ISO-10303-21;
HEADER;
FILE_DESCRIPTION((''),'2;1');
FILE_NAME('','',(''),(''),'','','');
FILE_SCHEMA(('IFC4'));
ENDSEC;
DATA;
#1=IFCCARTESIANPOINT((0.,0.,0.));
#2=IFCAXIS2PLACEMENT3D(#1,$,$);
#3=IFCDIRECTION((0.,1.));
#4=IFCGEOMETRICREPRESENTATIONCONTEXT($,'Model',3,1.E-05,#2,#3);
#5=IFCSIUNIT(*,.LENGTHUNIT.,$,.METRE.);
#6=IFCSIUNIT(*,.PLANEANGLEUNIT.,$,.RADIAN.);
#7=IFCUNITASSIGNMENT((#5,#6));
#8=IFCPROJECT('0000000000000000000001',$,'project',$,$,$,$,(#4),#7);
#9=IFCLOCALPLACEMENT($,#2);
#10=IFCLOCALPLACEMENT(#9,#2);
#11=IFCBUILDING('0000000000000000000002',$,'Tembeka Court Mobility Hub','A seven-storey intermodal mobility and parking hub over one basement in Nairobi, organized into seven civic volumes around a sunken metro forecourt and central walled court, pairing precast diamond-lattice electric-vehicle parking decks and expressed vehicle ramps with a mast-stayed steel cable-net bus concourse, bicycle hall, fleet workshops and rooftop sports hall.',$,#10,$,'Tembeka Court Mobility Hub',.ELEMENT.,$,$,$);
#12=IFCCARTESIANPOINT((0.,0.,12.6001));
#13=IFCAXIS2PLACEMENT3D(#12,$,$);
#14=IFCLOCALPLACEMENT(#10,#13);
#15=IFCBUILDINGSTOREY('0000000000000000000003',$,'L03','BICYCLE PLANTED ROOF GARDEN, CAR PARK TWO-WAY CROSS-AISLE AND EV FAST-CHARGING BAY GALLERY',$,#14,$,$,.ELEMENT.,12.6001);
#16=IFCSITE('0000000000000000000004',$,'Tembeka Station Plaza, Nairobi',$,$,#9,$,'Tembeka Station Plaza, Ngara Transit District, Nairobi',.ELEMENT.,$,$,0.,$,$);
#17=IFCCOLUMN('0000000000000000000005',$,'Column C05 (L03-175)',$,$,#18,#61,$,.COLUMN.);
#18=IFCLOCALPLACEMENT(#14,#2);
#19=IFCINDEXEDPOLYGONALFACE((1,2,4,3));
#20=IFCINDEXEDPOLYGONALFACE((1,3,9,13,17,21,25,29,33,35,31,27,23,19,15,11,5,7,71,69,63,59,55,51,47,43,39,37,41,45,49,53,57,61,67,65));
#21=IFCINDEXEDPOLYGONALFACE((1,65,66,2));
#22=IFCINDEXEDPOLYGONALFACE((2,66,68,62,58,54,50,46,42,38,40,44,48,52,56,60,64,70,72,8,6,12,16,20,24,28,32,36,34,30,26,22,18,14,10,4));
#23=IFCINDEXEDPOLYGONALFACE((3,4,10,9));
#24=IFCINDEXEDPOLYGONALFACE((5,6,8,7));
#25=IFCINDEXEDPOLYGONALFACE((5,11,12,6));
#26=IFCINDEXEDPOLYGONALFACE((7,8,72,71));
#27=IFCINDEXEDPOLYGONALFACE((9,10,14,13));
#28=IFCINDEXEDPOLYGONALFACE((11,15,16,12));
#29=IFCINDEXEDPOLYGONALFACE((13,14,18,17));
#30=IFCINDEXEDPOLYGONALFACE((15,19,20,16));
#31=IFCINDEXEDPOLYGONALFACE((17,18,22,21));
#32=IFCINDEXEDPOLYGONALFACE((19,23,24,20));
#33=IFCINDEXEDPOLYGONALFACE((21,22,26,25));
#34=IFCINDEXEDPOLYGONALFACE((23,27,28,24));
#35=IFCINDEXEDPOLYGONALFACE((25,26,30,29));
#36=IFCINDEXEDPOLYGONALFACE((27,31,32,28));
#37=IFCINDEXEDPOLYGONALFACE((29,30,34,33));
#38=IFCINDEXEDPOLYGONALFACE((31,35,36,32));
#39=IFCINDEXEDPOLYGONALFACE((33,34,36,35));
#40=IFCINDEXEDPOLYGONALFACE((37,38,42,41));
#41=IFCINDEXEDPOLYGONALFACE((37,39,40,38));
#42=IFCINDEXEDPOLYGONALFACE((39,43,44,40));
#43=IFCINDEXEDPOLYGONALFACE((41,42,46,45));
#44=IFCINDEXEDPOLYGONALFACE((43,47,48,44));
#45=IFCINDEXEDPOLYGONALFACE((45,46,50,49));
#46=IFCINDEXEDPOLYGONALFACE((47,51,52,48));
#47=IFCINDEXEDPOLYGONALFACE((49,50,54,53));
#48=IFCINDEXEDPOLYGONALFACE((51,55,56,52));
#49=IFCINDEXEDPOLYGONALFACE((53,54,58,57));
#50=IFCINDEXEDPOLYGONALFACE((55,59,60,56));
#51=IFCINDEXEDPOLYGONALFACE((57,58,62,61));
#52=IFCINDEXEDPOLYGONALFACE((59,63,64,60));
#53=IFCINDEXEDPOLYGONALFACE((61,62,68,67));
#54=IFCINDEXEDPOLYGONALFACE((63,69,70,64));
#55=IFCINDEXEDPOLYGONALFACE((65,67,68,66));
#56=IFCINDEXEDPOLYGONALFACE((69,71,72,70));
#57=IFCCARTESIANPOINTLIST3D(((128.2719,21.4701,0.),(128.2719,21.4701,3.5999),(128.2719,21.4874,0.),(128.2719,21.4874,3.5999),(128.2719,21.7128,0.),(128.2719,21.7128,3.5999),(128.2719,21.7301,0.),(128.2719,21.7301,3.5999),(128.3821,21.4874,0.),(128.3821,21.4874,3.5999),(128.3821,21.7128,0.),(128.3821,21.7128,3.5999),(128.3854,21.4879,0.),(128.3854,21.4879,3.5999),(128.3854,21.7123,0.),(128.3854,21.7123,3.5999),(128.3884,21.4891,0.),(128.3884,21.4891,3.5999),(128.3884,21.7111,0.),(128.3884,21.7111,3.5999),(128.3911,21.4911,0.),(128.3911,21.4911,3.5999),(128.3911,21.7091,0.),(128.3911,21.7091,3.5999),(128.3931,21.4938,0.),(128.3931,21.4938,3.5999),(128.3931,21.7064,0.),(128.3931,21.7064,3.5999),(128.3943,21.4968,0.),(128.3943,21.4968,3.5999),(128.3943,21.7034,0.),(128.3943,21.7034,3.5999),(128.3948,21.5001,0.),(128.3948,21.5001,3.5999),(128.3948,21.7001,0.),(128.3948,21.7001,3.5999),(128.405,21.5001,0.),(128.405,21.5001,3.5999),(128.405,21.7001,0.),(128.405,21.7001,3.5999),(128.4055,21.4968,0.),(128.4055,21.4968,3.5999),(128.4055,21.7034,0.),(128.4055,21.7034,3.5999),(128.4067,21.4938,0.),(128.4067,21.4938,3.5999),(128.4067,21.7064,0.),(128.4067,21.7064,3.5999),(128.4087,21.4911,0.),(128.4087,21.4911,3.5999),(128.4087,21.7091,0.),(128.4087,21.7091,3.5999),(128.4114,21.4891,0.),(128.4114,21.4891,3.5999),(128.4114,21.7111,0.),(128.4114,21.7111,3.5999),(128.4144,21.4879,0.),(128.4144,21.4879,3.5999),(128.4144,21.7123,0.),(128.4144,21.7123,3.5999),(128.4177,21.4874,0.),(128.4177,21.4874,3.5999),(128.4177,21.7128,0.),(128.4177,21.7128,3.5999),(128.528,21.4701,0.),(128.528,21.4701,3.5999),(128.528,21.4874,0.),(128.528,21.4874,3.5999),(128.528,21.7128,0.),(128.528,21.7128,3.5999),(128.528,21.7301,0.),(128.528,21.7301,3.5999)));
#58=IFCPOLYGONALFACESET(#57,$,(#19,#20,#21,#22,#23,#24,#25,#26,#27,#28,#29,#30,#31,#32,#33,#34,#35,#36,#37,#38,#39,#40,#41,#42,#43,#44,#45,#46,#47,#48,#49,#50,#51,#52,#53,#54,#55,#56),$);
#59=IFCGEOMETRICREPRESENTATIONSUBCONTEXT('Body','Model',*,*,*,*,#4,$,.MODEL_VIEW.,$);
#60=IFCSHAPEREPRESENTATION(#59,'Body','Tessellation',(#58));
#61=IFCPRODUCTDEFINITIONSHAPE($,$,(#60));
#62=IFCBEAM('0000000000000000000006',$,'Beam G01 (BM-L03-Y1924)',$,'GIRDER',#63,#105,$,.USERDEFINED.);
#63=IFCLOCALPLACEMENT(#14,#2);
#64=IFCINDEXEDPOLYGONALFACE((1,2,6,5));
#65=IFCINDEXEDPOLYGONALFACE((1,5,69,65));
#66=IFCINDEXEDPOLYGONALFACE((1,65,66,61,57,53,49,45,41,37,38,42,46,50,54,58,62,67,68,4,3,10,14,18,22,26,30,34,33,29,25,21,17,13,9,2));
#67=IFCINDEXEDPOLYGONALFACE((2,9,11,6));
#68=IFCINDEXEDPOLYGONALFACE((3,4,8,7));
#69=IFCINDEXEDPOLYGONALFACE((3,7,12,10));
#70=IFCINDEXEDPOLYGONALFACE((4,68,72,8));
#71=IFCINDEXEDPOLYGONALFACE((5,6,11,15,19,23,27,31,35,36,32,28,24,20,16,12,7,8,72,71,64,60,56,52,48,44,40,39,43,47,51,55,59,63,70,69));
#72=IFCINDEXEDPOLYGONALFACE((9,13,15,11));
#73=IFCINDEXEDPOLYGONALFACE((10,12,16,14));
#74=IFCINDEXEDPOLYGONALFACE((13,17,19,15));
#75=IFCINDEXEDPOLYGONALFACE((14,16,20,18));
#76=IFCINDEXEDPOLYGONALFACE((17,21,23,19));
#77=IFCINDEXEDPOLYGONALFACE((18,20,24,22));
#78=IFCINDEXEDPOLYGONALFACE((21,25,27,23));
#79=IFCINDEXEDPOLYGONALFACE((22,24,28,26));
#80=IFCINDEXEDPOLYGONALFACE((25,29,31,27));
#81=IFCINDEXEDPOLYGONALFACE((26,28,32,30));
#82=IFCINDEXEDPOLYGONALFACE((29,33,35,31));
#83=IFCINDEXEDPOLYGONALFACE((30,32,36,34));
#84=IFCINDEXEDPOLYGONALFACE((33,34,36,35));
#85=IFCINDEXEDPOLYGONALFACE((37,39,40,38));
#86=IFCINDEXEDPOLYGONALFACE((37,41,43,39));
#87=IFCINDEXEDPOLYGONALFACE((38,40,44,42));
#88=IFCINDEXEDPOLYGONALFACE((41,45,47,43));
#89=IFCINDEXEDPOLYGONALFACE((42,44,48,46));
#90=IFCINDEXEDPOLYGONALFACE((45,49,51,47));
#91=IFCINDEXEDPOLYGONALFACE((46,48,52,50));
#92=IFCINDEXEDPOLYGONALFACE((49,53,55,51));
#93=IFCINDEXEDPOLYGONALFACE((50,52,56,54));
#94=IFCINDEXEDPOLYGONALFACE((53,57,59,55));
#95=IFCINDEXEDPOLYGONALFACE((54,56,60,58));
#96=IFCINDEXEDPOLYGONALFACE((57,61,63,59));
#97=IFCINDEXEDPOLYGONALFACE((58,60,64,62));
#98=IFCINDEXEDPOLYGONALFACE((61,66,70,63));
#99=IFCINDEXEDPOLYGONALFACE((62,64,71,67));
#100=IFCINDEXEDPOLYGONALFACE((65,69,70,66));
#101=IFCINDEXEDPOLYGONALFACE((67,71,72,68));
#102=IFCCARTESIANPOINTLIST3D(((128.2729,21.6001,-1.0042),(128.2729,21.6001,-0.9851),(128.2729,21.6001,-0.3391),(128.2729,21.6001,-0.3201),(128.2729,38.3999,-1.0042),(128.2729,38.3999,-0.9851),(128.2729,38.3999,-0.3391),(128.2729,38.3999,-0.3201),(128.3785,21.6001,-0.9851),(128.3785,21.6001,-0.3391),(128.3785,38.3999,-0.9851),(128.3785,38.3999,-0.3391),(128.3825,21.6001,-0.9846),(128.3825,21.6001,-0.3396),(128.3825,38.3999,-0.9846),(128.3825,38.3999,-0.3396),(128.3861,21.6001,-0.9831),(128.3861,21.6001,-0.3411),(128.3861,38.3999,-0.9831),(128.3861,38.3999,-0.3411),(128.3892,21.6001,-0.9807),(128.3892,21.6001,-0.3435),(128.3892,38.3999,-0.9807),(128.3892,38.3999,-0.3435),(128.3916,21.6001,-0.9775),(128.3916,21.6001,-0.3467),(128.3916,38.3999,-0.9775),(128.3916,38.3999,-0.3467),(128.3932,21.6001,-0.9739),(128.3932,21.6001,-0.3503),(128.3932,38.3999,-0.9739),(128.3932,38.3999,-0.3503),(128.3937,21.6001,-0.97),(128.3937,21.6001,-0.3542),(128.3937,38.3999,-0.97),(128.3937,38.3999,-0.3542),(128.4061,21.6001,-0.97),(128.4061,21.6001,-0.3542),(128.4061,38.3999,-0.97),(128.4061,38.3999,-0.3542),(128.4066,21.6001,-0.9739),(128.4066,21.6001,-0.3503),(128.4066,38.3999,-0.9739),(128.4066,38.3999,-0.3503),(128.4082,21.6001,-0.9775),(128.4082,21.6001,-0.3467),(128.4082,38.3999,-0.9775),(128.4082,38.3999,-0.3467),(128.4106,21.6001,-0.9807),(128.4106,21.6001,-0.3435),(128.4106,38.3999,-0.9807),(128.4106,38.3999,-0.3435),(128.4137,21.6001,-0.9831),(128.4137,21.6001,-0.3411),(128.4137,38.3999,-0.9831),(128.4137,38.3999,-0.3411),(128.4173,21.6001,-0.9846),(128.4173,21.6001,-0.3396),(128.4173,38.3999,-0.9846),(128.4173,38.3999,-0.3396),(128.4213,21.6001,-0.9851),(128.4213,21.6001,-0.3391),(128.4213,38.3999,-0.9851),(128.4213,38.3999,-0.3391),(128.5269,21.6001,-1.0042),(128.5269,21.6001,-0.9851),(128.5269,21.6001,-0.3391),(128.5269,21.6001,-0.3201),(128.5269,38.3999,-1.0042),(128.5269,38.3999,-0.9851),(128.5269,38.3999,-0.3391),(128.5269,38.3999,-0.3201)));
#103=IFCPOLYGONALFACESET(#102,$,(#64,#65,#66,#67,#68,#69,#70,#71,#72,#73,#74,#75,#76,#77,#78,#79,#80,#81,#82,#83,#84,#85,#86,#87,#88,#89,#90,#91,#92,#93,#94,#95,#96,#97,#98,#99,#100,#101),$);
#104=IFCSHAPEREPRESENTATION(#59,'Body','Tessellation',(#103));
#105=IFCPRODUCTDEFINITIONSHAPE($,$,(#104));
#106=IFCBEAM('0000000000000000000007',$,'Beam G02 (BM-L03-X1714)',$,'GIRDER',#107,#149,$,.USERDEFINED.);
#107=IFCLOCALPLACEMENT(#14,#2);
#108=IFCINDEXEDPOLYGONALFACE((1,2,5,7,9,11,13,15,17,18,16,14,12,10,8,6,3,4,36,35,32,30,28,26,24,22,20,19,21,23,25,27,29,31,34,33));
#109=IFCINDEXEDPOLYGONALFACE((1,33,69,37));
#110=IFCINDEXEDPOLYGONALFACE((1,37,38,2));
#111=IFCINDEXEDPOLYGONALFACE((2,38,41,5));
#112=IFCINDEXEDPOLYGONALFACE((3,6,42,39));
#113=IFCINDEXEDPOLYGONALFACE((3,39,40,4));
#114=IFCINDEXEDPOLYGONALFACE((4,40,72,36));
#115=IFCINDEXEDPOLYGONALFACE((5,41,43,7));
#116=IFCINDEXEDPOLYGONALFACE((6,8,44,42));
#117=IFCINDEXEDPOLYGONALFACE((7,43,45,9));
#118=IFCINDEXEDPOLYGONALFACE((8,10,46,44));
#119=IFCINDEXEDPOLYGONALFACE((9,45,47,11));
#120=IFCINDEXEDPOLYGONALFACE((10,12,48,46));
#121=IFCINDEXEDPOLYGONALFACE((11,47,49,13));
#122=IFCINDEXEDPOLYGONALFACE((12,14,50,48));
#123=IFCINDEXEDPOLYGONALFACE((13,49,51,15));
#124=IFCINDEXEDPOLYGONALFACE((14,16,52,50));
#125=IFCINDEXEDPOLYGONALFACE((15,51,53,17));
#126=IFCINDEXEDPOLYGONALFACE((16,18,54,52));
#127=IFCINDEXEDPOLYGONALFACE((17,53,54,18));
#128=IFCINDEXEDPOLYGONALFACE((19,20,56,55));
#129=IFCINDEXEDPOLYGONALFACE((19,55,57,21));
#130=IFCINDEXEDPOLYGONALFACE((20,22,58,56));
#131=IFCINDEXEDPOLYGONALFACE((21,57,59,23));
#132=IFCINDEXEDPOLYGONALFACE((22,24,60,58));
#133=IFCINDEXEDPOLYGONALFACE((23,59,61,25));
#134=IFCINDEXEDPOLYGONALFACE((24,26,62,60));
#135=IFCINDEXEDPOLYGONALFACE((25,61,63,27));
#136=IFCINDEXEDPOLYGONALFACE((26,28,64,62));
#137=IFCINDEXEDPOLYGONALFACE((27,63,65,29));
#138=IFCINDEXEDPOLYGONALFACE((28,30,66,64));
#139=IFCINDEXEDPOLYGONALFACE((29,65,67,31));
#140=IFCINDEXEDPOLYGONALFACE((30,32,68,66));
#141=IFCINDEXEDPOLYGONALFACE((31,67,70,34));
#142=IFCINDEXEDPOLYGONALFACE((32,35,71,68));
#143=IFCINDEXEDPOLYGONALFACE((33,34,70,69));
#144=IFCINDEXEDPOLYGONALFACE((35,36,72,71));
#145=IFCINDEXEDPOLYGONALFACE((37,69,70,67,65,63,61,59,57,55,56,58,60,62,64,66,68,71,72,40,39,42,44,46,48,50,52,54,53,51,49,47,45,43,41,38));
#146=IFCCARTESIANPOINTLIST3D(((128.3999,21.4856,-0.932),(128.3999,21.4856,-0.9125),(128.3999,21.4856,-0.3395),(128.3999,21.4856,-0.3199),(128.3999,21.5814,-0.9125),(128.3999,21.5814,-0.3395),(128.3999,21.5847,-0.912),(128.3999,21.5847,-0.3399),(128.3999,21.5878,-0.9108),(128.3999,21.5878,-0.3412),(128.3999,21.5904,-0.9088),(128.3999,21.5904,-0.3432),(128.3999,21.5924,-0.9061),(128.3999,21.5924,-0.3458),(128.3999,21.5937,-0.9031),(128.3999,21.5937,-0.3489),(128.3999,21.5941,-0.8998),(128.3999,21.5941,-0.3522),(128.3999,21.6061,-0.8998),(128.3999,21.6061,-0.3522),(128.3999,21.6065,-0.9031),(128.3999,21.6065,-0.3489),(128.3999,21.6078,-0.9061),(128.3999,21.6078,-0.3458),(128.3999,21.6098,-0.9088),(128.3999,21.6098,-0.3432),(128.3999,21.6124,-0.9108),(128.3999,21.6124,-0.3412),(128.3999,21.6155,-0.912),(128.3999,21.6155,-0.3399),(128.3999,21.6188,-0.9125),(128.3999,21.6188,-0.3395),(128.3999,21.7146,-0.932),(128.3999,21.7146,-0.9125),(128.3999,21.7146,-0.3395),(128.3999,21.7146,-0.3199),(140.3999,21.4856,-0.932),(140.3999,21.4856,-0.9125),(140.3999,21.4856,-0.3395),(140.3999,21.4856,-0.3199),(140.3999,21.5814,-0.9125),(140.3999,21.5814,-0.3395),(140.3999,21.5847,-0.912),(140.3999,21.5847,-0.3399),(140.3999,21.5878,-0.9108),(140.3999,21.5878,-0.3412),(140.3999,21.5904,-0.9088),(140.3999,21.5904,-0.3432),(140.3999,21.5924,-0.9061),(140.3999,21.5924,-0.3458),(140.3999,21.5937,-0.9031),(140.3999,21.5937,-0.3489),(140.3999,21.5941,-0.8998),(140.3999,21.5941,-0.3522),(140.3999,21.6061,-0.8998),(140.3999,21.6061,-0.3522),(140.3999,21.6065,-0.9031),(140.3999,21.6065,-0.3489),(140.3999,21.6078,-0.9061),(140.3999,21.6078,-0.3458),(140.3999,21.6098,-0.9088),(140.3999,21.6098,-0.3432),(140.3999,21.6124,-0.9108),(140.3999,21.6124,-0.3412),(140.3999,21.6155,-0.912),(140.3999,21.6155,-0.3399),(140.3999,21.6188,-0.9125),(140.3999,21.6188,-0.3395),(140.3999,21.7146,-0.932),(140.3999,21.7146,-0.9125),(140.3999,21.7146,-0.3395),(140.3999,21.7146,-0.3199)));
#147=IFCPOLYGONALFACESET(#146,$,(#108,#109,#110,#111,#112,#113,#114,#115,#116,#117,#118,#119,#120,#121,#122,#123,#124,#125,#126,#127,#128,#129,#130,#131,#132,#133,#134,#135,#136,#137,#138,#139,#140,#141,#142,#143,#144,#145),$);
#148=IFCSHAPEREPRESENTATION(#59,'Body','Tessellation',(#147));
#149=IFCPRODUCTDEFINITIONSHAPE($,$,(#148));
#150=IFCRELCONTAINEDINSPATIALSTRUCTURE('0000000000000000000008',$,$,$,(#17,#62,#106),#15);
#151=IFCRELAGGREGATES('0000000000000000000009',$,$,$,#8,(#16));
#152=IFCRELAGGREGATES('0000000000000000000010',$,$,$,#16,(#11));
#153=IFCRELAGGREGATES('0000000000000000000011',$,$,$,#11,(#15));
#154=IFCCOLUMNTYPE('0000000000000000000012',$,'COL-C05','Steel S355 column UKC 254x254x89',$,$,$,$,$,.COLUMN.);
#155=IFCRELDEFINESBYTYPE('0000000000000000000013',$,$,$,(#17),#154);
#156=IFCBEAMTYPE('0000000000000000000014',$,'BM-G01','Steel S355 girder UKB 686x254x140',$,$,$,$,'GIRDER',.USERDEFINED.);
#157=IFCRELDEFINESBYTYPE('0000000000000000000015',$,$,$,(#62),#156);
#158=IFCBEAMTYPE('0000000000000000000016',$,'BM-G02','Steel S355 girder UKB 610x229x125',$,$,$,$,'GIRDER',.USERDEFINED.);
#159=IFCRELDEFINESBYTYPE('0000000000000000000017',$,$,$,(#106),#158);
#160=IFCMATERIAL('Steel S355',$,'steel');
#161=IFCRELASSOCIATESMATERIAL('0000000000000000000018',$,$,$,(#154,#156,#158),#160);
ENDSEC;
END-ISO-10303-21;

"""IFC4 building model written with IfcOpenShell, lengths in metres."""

from ifc_helpers import new_model, si_unit, direction, frame, origin, origin_2d, place, context, subcontext, project, spatial, i_section, extrude, material, material_profile, profile_set, type_object, element, save


model = new_model("IFC4")

# Units and contexts
model_context = context("Model", 3, precision=1e-05, world=origin(), true_north=direction((0.0, 1.0)))
body_context = subcontext(model_context, "Body", "Model", "MODEL_VIEW")
ifc_project = project(units=[si_unit("LENGTHUNIT", "METRE"), si_unit("PLANEANGLEUNIT", "RADIAN")], contexts=[model_context])

# Site, building, storey
site_placement = place(None, origin())
site = spatial("IfcSite", under=ifc_project, at=site_placement, Name="Tembeka Station Plaza, Nairobi", LongName="Tembeka Station Plaza, Ngara Transit District, Nairobi", CompositionType="ELEMENT", RefElevation=0.0)
building_placement = place(site_placement, origin())
building = spatial("IfcBuilding", under=site, at=building_placement, Name="Tembeka Court Mobility Hub", Description="A seven-storey intermodal mobility and parking hub over one basement in Nairobi, organized into seven civic volumes around a sunken metro forecourt and central walled court, pairing precast diamond-lattice electric-vehicle parking decks and expressed vehicle ramps with a mast-stayed steel cable-net bus concourse, bicycle hall, fleet workshops and rooftop sports hall.", LongName="Tembeka Court Mobility Hub", CompositionType="ELEMENT")
storey_placement = place(building_placement, frame((0.0, 0.0, 12.6001)))
storey = spatial("IfcBuildingStorey", under=building, at=storey_placement, Name="L03", Description="BICYCLE PLANTED ROOF GARDEN, CAR PARK TWO-WAY CROSS-AISLE AND EV FAST-CHARGING BAY GALLERY", CompositionType="ELEMENT", Elevation=12.6001)

# Column
ifc_material_1 = material(Name="Steel S355", Category="steel")
ifc_material_profile_1 = material_profile(ifc_material_1, i_section(OverallWidth=0.2561, OverallDepth=0.26, WebThickness=0.0103, FlangeThickness=0.0173, FilletRadius=0.0127, at=origin_2d()), Name="UKC 254x254x89")
ifc_profile_set_1 = profile_set([ifc_material_profile_1], Name="Steel S355")
column_type = type_object("IfcColumnType", Name="COL-C05", Description="Steel S355 column UKC 254x254x89", PredefinedType="COLUMN", material=ifc_profile_set_1)
column_placement = place(storey_placement, frame((128.3999, 21.6001, 0.0), z_axis=(0.0, 0.0, 1.0), x_axis=(1.0, 0.0, 0.0)))
element("IfcColumn", 1, at=column_placement, inside=storey, type_object=column_type, Name="Column C05 (L03-175)", PredefinedType="COLUMN", context=body_context, shape_type="SweptSolid", body=[
    extrude(i_section(OverallWidth=0.2561, OverallDepth=0.26, WebThickness=0.0103, FlangeThickness=0.0173, FilletRadius=0.0127, at=origin_2d()), origin(), (0.0, 0.0, 1.0), 3.5999),
])

# Beams
ifc_material_profile_2 = material_profile(ifc_material_1, i_section(OverallWidth=0.2539, OverallDepth=0.6841, WebThickness=0.0125, FlangeThickness=0.019, FilletRadius=0.0151, at=origin_2d()), Name="UKB 686x254x140")
ifc_profile_set_2 = profile_set([ifc_material_profile_2], Name="Steel S355")
beam_type_1 = type_object("IfcBeamType", Name="BM-G01", Description="Steel S355 girder UKB 686x254x140", ElementType="GIRDER", PredefinedType="USERDEFINED", material=ifc_profile_set_2)
beam_1_placement = place(storey_placement, frame((128.3999, 21.6001, -0.6621), z_axis=(0.0, 1.0, 0.0), x_axis=(-1.0, 0.0, 0.0)))
element("IfcBeam", 2, at=beam_1_placement, inside=storey, type_object=beam_type_1, Name="Beam G01 (BM-L03-Y1924)", ObjectType="GIRDER", PredefinedType="USERDEFINED", context=body_context, shape_type="SweptSolid", body=[
    extrude(i_section(OverallWidth=0.2539, OverallDepth=0.6841, WebThickness=0.0125, FlangeThickness=0.019, FilletRadius=0.0151, at=origin_2d()), origin(), (0.0, 0.0, 1.0), 16.7998),
])
ifc_material_profile_3 = material_profile(ifc_material_1, i_section(OverallWidth=0.229, OverallDepth=0.6121, WebThickness=0.012, FlangeThickness=0.0195, FilletRadius=0.0127, at=origin_2d()), Name="UKB 610x229x125")
ifc_profile_set_3 = profile_set([ifc_material_profile_3], Name="Steel S355")
beam_type_2 = type_object("IfcBeamType", Name="BM-G02", Description="Steel S355 girder UKB 610x229x125", ElementType="GIRDER", PredefinedType="USERDEFINED", material=ifc_profile_set_3)
beam_2_placement = place(storey_placement, frame((128.3999, 21.6001, -0.626), z_axis=(1.0, 0.0, 0.0), x_axis=(0.0, 1.0, 0.0)))
element("IfcBeam", 3, at=beam_2_placement, inside=storey, type_object=beam_type_2, Name="Beam G02 (BM-L03-X1714)", ObjectType="GIRDER", PredefinedType="USERDEFINED", context=body_context, shape_type="SweptSolid", body=[
    extrude(i_section(OverallWidth=0.229, OverallDepth=0.6121, WebThickness=0.012, FlangeThickness=0.0195, FilletRadius=0.0127, at=origin_2d()), origin(), (0.0, 0.0, 1.0), 12.0),
])

save(model, "model.ifc")
